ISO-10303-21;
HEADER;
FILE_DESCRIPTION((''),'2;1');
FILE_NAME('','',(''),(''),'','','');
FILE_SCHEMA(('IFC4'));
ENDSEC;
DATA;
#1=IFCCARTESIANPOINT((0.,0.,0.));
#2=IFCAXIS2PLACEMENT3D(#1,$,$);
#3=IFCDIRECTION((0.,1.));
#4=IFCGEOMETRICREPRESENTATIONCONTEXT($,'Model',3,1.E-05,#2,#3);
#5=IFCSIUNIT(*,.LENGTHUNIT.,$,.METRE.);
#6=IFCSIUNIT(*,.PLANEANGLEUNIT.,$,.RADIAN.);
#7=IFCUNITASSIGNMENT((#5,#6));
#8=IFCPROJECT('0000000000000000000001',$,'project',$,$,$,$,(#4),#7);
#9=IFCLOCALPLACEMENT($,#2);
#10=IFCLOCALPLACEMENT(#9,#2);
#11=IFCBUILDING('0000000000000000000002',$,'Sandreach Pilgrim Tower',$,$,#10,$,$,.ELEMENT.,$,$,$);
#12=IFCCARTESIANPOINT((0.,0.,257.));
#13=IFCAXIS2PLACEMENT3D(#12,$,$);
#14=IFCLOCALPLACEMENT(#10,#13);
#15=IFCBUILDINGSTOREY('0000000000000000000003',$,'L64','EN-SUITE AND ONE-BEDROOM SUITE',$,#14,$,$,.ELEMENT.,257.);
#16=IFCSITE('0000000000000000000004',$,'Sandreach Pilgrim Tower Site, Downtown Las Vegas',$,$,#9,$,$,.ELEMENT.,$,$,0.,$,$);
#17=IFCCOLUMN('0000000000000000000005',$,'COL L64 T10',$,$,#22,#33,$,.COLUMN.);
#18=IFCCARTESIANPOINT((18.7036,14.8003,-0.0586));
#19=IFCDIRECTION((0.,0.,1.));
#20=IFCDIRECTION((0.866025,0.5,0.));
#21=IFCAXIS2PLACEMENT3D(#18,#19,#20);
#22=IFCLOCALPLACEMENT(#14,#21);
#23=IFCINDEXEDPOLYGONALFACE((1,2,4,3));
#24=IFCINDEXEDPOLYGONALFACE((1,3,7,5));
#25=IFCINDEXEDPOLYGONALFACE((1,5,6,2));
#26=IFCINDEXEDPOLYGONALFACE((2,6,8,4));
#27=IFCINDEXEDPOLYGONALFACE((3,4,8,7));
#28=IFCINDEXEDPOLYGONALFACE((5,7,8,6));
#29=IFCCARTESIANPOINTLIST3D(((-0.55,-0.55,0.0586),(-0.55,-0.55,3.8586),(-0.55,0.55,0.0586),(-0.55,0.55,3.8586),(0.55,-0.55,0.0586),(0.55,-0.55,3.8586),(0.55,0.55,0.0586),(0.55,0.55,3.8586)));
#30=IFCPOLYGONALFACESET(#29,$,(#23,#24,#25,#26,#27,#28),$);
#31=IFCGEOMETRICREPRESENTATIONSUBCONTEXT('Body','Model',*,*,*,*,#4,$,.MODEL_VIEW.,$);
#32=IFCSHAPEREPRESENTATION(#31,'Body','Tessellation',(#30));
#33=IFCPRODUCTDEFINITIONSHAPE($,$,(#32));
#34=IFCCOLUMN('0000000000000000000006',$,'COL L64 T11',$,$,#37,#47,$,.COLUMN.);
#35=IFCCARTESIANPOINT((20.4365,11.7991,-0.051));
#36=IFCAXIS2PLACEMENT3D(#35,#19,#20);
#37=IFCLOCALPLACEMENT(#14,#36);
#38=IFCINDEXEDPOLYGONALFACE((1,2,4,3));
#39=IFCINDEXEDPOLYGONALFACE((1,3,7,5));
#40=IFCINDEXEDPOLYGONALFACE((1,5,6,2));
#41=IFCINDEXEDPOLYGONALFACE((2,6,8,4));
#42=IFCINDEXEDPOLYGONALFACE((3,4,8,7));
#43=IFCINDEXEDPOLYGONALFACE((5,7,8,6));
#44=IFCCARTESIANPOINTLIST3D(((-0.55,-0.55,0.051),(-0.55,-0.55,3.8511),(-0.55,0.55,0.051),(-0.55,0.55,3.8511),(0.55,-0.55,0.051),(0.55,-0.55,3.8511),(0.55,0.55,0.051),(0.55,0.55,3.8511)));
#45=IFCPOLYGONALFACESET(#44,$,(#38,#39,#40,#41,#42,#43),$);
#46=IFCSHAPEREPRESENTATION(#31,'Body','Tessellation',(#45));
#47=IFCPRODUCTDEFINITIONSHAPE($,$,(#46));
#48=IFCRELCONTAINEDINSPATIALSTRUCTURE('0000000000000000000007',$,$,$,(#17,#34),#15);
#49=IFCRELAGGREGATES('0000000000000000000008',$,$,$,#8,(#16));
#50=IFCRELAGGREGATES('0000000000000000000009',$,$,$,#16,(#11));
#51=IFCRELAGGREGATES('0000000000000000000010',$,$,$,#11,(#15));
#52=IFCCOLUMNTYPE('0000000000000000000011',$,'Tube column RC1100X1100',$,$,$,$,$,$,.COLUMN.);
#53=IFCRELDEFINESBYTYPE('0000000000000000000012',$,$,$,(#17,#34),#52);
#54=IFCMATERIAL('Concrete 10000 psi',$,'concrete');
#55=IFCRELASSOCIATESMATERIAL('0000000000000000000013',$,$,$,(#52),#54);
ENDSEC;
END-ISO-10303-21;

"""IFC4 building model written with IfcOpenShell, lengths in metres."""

from ifc_helpers import new_model, si_unit, direction, frame, origin, origin_2d, place, context, subcontext, project, spatial, rectangle, extrude, clip, halfspace, material, material_profile, profile_set, type_object, element, save


model = new_model("IFC4")

# Units and contexts
model_context = context("Model", 3, precision=1e-05, world=origin(), true_north=direction((0.0, 1.0)))
body_context = subcontext(model_context, "Body", "Model", "MODEL_VIEW")
ifc_project = project(units=[si_unit("LENGTHUNIT", "METRE"), si_unit("PLANEANGLEUNIT", "RADIAN")], contexts=[model_context])

# Site, building, storey
site_placement = place(None, origin())
site = spatial("IfcSite", under=ifc_project, at=site_placement, Name="Sandreach Pilgrim Tower Site, Downtown Las Vegas", CompositionType="ELEMENT", RefElevation=0.0)
building_placement = place(site_placement, origin())
building = spatial("IfcBuilding", under=site, at=building_placement, Name="Sandreach Pilgrim Tower", CompositionType="ELEMENT")
storey_placement = place(building_placement, frame((0.0, 0.0, 257.0)))
storey = spatial("IfcBuildingStorey", under=building, at=storey_placement, Name="L64", Description="EN-SUITE AND ONE-BEDROOM SUITE", CompositionType="ELEMENT", Elevation=257.0)

# Columns
ifc_material_1 = material(Name="Concrete 10000 psi", Category="concrete")
ifc_material_profile_1 = material_profile(ifc_material_1, rectangle(XDim=1.1001, YDim=1.1001, at=origin_2d()), Name="RC1100X1100")
ifc_profile_set_1 = profile_set([ifc_material_profile_1], Name="Concrete 10000 psi")
column_type = type_object("IfcColumnType", Name="Tube column RC1100X1100", PredefinedType="COLUMN", material=ifc_profile_set_1)
column_1_placement = place(storey_placement, frame((18.7036, 14.8003, -0.0586), z_axis=(0.0, 0.0, 1.0), x_axis=(0.866025, 0.5, 0.0)))
element("IfcColumn", 1, at=column_1_placement, inside=storey, type_object=column_type, Name="COL L64 T10", PredefinedType="COLUMN", context=body_context, shape_type="SweptSolid", body=[
    clip(extrude(rectangle(XDim=1.1001, YDim=1.1001, at=origin_2d()), origin(), (0.0, 0.0, 1.0), 3.8586), halfspace(frame((0.0, 0.0, 0.0586)), True)),
])
column_2_placement = place(storey_placement, frame((20.4365, 11.7991, -0.051), z_axis=(0.0, 0.0, 1.0), x_axis=(0.866025, 0.5, 0.0)))
element("IfcColumn", 2, at=column_2_placement, inside=storey, type_object=column_type, Name="COL L64 T11", PredefinedType="COLUMN", context=body_context, shape_type="SweptSolid", body=[
    clip(extrude(rectangle(XDim=1.1001, YDim=1.1001, at=origin_2d()), origin(), (0.0, 0.0, 1.0), 3.8511), halfspace(frame((0.0, 0.0, 0.051)), True)),
])

save(model, "model.ifc")
